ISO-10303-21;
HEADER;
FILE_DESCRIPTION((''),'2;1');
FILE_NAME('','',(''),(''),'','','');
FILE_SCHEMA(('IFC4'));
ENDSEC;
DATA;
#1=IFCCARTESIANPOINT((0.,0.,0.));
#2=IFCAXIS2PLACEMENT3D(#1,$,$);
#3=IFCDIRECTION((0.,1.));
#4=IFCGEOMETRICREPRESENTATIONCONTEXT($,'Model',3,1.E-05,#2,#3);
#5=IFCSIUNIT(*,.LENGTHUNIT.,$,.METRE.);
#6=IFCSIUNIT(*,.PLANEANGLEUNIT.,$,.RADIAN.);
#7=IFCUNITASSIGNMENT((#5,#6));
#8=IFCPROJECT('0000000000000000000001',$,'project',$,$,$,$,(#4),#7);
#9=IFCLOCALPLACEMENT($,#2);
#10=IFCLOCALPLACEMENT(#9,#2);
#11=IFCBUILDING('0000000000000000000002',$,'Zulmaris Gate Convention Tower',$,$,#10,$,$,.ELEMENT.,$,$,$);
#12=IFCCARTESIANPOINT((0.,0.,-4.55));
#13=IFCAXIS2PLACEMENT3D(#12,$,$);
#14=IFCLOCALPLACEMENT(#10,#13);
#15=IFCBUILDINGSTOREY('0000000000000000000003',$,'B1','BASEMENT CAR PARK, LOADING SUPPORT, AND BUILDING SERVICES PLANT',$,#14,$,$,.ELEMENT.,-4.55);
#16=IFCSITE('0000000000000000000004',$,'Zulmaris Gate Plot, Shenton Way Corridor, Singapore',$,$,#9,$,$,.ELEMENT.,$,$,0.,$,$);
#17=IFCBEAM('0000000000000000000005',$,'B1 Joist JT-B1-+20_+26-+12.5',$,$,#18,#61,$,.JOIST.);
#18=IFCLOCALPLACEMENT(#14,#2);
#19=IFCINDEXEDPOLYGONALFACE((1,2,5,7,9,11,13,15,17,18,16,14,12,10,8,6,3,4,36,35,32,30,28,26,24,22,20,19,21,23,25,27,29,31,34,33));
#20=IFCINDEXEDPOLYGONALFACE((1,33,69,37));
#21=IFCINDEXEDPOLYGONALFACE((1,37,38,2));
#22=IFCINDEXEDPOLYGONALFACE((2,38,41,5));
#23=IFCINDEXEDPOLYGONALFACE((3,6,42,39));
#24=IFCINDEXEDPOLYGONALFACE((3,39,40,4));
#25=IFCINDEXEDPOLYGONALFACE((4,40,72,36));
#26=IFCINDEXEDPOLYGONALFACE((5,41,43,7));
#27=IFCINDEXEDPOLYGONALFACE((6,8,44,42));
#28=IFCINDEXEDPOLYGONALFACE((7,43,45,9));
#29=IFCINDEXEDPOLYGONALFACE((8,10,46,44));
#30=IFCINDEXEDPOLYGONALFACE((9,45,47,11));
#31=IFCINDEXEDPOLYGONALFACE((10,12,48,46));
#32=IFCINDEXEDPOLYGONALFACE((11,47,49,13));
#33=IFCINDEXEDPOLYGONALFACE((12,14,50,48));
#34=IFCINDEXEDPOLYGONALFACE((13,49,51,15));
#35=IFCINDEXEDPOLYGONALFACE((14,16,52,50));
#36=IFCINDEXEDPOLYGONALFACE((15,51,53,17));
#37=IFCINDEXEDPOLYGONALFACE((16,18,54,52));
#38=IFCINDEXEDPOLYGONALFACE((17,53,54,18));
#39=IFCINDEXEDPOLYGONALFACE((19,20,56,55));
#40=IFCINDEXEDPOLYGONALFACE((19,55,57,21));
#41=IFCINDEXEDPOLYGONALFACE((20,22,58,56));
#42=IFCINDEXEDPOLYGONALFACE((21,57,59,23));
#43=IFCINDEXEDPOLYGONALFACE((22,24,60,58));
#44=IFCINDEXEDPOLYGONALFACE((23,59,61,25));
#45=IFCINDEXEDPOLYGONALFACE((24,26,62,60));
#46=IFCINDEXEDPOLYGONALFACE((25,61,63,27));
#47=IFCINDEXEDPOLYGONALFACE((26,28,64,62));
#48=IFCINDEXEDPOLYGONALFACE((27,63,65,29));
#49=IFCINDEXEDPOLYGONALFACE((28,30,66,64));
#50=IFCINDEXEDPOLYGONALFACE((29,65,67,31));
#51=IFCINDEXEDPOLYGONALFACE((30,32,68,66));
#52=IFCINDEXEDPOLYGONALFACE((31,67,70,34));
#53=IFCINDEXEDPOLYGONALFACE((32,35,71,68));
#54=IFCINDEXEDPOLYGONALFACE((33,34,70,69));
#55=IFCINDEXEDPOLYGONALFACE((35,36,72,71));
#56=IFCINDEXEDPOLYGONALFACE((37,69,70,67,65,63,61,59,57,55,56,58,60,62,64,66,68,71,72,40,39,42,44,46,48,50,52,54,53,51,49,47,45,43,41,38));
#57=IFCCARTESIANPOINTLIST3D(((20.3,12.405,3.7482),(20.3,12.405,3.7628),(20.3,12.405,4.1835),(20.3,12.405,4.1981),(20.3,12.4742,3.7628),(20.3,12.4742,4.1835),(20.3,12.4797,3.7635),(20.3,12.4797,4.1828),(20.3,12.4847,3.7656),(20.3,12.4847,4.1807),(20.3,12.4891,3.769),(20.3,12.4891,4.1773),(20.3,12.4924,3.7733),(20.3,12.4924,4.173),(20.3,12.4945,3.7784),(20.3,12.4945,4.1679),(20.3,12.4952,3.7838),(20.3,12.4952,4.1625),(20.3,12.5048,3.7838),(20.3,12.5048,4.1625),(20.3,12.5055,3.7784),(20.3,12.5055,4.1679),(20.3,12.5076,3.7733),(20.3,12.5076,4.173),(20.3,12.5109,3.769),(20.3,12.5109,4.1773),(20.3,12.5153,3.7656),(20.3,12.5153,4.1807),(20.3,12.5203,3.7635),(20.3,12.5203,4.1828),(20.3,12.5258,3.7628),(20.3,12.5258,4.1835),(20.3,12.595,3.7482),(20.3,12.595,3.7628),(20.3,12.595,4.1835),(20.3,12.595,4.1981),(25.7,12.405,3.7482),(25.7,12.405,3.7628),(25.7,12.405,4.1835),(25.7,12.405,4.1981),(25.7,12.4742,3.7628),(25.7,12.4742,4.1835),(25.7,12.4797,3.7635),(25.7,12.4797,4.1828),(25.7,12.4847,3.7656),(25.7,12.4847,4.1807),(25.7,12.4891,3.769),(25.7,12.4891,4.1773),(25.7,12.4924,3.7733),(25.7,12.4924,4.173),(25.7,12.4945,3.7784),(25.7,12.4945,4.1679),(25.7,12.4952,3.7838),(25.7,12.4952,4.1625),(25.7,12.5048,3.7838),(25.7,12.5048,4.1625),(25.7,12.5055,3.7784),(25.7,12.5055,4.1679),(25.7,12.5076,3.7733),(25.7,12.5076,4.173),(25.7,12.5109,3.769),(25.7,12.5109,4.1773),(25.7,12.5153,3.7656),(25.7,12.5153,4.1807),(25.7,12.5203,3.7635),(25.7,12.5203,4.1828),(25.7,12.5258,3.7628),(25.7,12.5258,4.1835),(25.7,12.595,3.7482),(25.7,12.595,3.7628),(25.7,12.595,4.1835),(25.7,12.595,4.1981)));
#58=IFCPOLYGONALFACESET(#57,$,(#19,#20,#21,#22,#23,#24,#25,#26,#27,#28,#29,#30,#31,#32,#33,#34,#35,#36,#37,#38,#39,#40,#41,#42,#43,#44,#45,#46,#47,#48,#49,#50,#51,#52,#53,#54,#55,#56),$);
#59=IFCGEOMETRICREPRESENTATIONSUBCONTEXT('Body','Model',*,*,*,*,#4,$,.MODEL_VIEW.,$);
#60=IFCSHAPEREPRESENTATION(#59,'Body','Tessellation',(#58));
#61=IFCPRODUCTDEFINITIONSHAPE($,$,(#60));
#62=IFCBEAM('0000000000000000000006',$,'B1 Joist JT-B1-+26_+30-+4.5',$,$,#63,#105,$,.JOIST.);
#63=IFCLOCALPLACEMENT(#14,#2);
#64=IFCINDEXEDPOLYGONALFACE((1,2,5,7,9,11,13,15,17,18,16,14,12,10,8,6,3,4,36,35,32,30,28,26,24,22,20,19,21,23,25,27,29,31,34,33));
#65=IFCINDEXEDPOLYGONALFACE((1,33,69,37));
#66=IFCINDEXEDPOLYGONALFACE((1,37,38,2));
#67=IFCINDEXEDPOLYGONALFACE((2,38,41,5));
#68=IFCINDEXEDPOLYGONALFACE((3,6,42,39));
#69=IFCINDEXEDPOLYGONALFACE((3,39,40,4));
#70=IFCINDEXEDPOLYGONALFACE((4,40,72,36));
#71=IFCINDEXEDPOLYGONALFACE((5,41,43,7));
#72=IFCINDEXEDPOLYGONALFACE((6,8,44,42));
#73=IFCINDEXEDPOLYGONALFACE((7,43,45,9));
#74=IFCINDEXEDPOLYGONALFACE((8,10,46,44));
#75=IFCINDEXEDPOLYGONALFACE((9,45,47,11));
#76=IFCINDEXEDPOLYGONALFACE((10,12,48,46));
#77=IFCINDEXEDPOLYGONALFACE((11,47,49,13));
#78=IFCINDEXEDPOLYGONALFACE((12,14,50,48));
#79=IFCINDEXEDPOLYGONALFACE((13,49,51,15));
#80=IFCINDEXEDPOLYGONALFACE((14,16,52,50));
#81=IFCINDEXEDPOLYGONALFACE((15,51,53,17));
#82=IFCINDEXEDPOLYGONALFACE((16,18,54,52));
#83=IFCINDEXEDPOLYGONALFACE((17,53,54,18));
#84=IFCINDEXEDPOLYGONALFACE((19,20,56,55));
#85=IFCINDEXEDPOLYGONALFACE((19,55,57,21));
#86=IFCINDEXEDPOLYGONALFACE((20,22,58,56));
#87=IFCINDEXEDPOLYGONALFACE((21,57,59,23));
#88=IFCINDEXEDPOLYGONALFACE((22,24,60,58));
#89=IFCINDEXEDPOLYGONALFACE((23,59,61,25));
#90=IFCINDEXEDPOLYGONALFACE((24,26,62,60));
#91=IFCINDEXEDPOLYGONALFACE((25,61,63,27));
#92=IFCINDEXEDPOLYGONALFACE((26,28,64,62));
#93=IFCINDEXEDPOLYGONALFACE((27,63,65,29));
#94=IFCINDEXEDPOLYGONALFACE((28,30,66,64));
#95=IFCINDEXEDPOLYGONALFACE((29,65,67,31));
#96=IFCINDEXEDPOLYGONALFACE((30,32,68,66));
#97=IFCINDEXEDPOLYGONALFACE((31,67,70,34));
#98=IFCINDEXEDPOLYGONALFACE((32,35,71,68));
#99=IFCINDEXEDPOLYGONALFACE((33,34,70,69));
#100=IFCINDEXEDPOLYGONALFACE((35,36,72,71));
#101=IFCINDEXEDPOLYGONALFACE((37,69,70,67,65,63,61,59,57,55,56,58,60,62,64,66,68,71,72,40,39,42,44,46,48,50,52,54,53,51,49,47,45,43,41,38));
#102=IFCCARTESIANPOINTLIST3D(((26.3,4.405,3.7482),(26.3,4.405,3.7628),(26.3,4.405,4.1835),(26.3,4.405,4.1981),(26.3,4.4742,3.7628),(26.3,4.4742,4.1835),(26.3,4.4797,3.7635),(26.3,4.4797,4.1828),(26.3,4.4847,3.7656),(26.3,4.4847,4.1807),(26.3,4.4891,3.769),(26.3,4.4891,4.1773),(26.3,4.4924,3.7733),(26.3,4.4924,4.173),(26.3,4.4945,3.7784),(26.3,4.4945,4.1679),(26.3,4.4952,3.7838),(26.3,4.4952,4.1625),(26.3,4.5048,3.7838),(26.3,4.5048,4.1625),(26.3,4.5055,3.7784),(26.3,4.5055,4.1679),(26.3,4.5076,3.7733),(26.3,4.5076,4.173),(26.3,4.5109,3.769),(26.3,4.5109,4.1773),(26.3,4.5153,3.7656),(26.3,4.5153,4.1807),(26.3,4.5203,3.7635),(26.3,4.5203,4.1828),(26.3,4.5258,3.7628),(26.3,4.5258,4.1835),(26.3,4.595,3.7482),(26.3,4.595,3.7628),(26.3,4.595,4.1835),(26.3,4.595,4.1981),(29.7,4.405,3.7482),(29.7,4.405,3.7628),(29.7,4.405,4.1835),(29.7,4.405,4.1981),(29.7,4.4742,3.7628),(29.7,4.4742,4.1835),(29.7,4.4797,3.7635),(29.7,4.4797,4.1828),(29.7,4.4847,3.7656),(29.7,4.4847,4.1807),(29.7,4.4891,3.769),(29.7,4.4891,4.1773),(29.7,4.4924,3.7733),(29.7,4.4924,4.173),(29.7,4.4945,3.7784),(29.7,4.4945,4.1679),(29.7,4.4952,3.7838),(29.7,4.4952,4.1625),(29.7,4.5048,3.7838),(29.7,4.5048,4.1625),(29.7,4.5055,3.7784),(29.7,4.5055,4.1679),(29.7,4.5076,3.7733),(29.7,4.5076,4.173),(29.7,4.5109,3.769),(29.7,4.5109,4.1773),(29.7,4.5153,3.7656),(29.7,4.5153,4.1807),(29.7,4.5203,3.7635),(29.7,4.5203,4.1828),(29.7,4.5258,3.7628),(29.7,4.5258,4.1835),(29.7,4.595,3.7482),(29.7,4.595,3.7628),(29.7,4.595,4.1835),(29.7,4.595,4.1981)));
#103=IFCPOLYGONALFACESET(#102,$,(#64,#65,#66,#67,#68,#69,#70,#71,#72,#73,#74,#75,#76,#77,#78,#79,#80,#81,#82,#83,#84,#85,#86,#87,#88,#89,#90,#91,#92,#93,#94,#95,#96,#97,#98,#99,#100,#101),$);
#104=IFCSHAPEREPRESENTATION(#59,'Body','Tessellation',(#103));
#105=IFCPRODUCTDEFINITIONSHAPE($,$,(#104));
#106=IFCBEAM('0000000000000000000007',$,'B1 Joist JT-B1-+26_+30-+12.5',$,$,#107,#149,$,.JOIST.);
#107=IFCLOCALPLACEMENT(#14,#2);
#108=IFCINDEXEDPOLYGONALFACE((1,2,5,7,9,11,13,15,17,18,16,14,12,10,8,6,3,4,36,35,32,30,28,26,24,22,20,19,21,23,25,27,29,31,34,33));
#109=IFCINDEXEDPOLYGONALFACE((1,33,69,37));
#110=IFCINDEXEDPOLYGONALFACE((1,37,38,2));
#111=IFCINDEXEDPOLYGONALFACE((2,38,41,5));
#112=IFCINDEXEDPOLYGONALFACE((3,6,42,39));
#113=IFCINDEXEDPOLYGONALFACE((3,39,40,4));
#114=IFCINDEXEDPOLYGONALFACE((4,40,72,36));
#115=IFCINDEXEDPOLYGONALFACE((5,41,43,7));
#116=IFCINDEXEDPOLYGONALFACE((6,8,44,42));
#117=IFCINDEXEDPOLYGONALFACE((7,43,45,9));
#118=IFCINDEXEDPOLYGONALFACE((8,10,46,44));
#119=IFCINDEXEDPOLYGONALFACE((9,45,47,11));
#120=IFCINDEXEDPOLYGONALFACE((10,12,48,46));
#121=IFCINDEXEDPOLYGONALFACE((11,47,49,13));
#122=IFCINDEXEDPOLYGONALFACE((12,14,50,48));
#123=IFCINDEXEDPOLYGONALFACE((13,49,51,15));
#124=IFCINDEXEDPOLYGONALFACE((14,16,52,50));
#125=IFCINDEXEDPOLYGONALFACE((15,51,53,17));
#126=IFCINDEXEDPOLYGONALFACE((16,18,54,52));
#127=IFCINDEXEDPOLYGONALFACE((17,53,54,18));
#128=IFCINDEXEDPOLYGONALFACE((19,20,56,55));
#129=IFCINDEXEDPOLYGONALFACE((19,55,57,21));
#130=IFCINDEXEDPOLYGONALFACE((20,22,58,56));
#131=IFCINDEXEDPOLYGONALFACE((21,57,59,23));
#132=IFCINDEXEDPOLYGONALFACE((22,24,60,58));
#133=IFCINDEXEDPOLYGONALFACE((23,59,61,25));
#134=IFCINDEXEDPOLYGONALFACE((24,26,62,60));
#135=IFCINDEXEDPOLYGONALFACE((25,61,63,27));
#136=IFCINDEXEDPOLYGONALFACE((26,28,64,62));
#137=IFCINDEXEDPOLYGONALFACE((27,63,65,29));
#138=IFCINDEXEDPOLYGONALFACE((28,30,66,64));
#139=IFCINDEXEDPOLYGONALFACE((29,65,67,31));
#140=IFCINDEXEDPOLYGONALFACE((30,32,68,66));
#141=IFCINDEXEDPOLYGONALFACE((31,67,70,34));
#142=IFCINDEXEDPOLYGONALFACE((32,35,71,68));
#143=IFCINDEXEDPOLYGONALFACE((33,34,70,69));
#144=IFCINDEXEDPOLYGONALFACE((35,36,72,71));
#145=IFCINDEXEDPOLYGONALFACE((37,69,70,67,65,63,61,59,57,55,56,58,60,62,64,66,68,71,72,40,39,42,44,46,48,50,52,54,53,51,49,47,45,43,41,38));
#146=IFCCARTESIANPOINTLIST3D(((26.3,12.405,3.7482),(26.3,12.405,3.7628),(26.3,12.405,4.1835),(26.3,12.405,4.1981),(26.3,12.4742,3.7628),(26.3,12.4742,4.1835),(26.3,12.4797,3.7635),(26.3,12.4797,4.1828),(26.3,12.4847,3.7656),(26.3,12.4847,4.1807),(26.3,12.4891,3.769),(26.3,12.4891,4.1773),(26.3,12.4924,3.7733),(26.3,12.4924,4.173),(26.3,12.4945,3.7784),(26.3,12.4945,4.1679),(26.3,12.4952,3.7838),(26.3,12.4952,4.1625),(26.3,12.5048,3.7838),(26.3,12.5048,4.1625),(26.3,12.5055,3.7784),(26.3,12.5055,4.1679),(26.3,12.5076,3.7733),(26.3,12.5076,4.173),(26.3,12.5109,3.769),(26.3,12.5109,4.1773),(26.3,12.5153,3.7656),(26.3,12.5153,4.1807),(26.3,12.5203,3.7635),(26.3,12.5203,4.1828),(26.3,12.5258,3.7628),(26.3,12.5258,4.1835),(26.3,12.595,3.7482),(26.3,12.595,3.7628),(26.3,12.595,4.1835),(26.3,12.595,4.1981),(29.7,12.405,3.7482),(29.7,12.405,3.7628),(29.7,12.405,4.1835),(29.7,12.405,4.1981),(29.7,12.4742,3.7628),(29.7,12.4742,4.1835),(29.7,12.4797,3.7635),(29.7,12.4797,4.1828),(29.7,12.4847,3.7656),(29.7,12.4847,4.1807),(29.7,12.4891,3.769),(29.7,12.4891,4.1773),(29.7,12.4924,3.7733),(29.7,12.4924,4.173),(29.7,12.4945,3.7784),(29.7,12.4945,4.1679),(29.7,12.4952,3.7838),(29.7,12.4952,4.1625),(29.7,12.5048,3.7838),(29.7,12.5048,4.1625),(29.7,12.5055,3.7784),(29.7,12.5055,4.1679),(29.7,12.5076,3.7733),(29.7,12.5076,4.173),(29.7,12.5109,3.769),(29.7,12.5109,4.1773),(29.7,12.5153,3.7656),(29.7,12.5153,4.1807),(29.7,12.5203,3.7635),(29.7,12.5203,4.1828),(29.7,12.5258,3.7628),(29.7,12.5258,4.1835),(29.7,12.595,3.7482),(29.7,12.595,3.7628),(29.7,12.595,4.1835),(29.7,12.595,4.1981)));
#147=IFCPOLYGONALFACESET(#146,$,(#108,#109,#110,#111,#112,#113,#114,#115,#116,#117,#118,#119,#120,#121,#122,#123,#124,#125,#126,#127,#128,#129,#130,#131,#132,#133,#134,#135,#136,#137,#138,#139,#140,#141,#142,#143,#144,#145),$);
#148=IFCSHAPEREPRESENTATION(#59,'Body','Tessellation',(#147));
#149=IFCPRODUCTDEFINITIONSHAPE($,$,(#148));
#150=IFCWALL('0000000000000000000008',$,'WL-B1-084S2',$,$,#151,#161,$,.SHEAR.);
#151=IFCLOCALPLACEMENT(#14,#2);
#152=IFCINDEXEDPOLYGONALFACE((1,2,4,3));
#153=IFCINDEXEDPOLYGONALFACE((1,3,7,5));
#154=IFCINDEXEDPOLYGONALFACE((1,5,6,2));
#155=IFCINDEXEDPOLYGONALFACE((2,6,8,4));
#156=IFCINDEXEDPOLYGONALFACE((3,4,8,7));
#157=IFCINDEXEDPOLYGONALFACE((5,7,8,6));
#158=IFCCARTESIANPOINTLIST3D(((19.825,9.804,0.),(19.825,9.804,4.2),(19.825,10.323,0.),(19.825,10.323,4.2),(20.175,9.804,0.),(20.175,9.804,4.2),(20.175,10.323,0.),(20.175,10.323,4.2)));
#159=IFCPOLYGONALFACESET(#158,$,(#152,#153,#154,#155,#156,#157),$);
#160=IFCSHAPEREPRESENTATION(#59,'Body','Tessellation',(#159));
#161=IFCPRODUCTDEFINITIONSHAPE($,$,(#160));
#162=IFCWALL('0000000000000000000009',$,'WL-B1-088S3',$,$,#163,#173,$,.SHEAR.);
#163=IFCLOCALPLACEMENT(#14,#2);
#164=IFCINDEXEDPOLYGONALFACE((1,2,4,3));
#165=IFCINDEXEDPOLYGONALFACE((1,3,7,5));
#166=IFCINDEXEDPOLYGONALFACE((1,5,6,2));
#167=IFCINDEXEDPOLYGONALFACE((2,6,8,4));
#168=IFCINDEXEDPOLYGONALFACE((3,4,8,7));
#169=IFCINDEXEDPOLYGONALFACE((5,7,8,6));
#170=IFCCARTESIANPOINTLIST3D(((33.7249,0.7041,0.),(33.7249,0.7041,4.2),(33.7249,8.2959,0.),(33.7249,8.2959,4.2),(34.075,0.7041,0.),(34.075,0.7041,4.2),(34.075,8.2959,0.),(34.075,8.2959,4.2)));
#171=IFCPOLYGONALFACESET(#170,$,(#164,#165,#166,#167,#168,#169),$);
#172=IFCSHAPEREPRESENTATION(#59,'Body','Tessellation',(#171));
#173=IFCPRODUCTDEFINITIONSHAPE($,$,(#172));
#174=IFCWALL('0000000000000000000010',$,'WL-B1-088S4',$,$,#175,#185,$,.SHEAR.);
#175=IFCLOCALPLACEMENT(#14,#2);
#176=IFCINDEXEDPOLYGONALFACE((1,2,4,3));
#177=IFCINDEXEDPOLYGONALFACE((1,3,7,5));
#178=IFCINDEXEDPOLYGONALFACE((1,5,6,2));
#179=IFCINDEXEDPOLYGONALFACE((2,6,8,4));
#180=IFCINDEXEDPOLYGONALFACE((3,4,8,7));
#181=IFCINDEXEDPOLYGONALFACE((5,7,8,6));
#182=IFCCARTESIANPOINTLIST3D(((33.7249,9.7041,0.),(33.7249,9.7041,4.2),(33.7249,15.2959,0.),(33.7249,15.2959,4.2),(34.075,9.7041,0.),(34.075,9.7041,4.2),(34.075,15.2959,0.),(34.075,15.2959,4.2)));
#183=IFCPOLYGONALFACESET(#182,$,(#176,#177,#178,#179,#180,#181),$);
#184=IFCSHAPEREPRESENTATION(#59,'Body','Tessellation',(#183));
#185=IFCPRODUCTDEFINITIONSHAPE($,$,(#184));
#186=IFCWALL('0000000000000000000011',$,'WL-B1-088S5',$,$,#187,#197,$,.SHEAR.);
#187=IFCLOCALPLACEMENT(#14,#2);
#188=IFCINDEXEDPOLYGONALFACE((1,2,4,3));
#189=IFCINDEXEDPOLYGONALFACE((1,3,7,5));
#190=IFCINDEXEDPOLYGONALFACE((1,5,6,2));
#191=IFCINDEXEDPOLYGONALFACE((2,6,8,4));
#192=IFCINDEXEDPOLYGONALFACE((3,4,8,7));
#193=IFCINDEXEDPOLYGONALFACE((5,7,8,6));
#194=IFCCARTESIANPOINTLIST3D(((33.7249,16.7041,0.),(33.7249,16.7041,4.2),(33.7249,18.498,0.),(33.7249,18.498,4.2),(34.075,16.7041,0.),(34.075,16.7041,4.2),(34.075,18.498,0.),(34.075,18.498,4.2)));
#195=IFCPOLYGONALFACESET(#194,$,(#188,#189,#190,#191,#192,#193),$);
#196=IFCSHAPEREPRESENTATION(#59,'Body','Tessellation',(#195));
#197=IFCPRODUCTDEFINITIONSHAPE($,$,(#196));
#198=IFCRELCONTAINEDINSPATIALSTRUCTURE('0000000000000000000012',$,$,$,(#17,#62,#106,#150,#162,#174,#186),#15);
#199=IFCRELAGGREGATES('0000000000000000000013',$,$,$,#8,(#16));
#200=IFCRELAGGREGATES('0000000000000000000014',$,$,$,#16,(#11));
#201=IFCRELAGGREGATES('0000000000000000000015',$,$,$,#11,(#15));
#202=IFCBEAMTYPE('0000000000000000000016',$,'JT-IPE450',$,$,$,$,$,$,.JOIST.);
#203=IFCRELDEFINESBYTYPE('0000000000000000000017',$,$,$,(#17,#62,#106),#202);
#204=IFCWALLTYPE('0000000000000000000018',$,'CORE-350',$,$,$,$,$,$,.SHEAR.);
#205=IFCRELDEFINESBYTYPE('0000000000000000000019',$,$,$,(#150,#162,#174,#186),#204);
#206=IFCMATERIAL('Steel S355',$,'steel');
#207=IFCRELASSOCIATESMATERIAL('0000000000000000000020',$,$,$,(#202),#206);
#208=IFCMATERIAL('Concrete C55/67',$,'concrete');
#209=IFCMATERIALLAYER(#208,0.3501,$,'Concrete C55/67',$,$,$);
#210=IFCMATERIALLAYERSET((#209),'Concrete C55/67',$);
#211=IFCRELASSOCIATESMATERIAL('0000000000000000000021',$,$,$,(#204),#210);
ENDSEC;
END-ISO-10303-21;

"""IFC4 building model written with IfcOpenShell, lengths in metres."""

from ifc_helpers import new_model, si_unit, direction, frame, frame_2d, origin, origin_2d, place, context, subcontext, project, spatial, rectangle, i_section, extrude, material, layer, layer_set, material_profile, profile_set, type_object, element, save


model = new_model("IFC4")

# Units and contexts
model_context = context("Model", 3, precision=1e-05, world=origin(), true_north=direction((0.0, 1.0)))
body_context = subcontext(model_context, "Body", "Model", "MODEL_VIEW")
ifc_project = project(units=[si_unit("LENGTHUNIT", "METRE"), si_unit("PLANEANGLEUNIT", "RADIAN")], contexts=[model_context])

# Site, building, storey
site_placement = place(None, origin())
site = spatial("IfcSite", under=ifc_project, at=site_placement, Name="Zulmaris Gate Plot, Shenton Way Corridor, Singapore", CompositionType="ELEMENT", RefElevation=0.0)
building_placement = place(site_placement, origin())
building = spatial("IfcBuilding", under=site, at=building_placement, Name="Zulmaris Gate Convention Tower", CompositionType="ELEMENT")
storey_placement = place(building_placement, frame((0.0, 0.0, -4.55)))
storey = spatial("IfcBuildingStorey", under=building, at=storey_placement, Name="B1", Description="BASEMENT CAR PARK, LOADING SUPPORT, AND BUILDING SERVICES PLANT", CompositionType="ELEMENT", Elevation=-4.55)

# Beams
ifc_material_1 = material(Name="Steel S355", Category="steel")
ifc_material_profile_1 = material_profile(ifc_material_1, i_section(OverallWidth=0.1899, OverallDepth=0.45, WebThickness=0.0095, FlangeThickness=0.0146, FilletRadius=0.021, at=origin_2d()), Name="IPE 450")
ifc_profile_set_1 = profile_set([ifc_material_profile_1], Name="Steel S355")
beam_type_1 = type_object("IfcBeamType", Name="JT-IPE450", PredefinedType="JOIST", material=ifc_profile_set_1)
for number, where, z_axis, x_axis, name in (
    (1, (20.3, 12.5, 3.9731), (1.0, 0.0, 0.0), (0.0, 1.0, 0.0), "B1 Joist JT-B1-+20_+26-+12.5"),
):
    element("IfcBeam", number, at=place(storey_placement, frame(where, z_axis=z_axis, x_axis=x_axis)), inside=storey, type_object=beam_type_1, Name=name, PredefinedType="JOIST", context=body_context, shape_type="SweptSolid", body=[
        extrude(i_section(OverallWidth=0.1899, OverallDepth=0.45, WebThickness=0.0095, FlangeThickness=0.0146, FilletRadius=0.021, at=origin_2d()), origin(), (0.0, 0.0, 1.0), 5.3999),
    ])
for number, where, z_axis, x_axis, name in (
    (2, (26.3, 4.5, 3.9731), (1.0, 0.0, 0.0), (0.0, 1.0, 0.0), "B1 Joist JT-B1-+26_+30-+4.5"),
    (3, (26.3, 12.5, 3.9731), (1.0, 0.0, 0.0), (0.0, 1.0, 0.0), "B1 Joist JT-B1-+26_+30-+12.5"),
):
    element("IfcBeam", number, at=place(storey_placement, frame(where, z_axis=z_axis, x_axis=x_axis)), inside=storey, type_object=beam_type_1, Name=name, PredefinedType="JOIST", context=body_context, shape_type="SweptSolid", body=[
        extrude(i_section(OverallWidth=0.1899, OverallDepth=0.45, WebThickness=0.0095, FlangeThickness=0.0146, FilletRadius=0.021, at=origin_2d()), origin(), (0.0, 0.0, 1.0), 3.3999),
    ])

# Walls
ifc_material_2 = material(Name="Concrete C55/67", Category="concrete")
ifc_layer_1 = layer(ifc_material_2, 0.3501, Name="Concrete C55/67")
ifc_layer_set_1 = layer_set([ifc_layer_1], Name="Concrete C55/67")
wall_type_1 = type_object("IfcWallType", Name="CORE-350", PredefinedType="SHEAR", material=ifc_layer_set_1)
wall_1_placement = place(storey_placement, frame((20.0, 9.804, 0.0), z_axis=(0.0, 0.0, 1.0), x_axis=(0.0, 1.0, 0.0)))
element("IfcWall", 4, at=wall_1_placement, inside=storey, type_object=wall_type_1, Name="WL-B1-084S2", PredefinedType="SHEAR", context=body_context, shape_type="SweptSolid", body=[
    extrude(rectangle(XDim=0.519, YDim=0.3501, at=frame_2d((0.2595, 0.0))), origin(), (0.0, 0.0, 1.0), 4.2),
])
wall_2_placement = place(storey_placement, frame((33.8999, 0.7041, 0.0), z_axis=(0.0, 0.0, 1.0), x_axis=(0.0, 1.0, 0.0)))
element("IfcWall", 5, at=wall_2_placement, inside=storey, type_object=wall_type_1, Name="WL-B1-088S3", PredefinedType="SHEAR", context=body_context, shape_type="SweptSolid", body=[
    extrude(rectangle(XDim=7.5918, YDim=0.3501, at=frame_2d((3.7959, 0.0))), origin(), (0.0, 0.0, 1.0), 4.2),
])
wall_3_placement = place(storey_placement, frame((33.8999, 9.7041, 0.0), z_axis=(0.0, 0.0, 1.0), x_axis=(0.0, 1.0, 0.0)))
element("IfcWall", 6, at=wall_3_placement, inside=storey, type_object=wall_type_1, Name="WL-B1-088S4", PredefinedType="SHEAR", context=body_context, shape_type="SweptSolid", body=[
    extrude(rectangle(XDim=5.5918, YDim=0.3501, at=frame_2d((2.7959, 0.0))), origin(), (0.0, 0.0, 1.0), 4.2),
])
wall_4_placement = place(storey_placement, frame((33.8999, 16.7041, 0.0), z_axis=(0.0, 0.0, 1.0), x_axis=(0.0, 1.0, 0.0)))
element("IfcWall", 7, at=wall_4_placement, inside=storey, type_object=wall_type_1, Name="WL-B1-088S5", PredefinedType="SHEAR", context=body_context, shape_type="SweptSolid", body=[
    extrude(rectangle(XDim=1.7939, YDim=0.3501, at=frame_2d((0.897, 0.0))), origin(), (0.0, 0.0, 1.0), 4.2),
])

save(model, "model.ifc")
